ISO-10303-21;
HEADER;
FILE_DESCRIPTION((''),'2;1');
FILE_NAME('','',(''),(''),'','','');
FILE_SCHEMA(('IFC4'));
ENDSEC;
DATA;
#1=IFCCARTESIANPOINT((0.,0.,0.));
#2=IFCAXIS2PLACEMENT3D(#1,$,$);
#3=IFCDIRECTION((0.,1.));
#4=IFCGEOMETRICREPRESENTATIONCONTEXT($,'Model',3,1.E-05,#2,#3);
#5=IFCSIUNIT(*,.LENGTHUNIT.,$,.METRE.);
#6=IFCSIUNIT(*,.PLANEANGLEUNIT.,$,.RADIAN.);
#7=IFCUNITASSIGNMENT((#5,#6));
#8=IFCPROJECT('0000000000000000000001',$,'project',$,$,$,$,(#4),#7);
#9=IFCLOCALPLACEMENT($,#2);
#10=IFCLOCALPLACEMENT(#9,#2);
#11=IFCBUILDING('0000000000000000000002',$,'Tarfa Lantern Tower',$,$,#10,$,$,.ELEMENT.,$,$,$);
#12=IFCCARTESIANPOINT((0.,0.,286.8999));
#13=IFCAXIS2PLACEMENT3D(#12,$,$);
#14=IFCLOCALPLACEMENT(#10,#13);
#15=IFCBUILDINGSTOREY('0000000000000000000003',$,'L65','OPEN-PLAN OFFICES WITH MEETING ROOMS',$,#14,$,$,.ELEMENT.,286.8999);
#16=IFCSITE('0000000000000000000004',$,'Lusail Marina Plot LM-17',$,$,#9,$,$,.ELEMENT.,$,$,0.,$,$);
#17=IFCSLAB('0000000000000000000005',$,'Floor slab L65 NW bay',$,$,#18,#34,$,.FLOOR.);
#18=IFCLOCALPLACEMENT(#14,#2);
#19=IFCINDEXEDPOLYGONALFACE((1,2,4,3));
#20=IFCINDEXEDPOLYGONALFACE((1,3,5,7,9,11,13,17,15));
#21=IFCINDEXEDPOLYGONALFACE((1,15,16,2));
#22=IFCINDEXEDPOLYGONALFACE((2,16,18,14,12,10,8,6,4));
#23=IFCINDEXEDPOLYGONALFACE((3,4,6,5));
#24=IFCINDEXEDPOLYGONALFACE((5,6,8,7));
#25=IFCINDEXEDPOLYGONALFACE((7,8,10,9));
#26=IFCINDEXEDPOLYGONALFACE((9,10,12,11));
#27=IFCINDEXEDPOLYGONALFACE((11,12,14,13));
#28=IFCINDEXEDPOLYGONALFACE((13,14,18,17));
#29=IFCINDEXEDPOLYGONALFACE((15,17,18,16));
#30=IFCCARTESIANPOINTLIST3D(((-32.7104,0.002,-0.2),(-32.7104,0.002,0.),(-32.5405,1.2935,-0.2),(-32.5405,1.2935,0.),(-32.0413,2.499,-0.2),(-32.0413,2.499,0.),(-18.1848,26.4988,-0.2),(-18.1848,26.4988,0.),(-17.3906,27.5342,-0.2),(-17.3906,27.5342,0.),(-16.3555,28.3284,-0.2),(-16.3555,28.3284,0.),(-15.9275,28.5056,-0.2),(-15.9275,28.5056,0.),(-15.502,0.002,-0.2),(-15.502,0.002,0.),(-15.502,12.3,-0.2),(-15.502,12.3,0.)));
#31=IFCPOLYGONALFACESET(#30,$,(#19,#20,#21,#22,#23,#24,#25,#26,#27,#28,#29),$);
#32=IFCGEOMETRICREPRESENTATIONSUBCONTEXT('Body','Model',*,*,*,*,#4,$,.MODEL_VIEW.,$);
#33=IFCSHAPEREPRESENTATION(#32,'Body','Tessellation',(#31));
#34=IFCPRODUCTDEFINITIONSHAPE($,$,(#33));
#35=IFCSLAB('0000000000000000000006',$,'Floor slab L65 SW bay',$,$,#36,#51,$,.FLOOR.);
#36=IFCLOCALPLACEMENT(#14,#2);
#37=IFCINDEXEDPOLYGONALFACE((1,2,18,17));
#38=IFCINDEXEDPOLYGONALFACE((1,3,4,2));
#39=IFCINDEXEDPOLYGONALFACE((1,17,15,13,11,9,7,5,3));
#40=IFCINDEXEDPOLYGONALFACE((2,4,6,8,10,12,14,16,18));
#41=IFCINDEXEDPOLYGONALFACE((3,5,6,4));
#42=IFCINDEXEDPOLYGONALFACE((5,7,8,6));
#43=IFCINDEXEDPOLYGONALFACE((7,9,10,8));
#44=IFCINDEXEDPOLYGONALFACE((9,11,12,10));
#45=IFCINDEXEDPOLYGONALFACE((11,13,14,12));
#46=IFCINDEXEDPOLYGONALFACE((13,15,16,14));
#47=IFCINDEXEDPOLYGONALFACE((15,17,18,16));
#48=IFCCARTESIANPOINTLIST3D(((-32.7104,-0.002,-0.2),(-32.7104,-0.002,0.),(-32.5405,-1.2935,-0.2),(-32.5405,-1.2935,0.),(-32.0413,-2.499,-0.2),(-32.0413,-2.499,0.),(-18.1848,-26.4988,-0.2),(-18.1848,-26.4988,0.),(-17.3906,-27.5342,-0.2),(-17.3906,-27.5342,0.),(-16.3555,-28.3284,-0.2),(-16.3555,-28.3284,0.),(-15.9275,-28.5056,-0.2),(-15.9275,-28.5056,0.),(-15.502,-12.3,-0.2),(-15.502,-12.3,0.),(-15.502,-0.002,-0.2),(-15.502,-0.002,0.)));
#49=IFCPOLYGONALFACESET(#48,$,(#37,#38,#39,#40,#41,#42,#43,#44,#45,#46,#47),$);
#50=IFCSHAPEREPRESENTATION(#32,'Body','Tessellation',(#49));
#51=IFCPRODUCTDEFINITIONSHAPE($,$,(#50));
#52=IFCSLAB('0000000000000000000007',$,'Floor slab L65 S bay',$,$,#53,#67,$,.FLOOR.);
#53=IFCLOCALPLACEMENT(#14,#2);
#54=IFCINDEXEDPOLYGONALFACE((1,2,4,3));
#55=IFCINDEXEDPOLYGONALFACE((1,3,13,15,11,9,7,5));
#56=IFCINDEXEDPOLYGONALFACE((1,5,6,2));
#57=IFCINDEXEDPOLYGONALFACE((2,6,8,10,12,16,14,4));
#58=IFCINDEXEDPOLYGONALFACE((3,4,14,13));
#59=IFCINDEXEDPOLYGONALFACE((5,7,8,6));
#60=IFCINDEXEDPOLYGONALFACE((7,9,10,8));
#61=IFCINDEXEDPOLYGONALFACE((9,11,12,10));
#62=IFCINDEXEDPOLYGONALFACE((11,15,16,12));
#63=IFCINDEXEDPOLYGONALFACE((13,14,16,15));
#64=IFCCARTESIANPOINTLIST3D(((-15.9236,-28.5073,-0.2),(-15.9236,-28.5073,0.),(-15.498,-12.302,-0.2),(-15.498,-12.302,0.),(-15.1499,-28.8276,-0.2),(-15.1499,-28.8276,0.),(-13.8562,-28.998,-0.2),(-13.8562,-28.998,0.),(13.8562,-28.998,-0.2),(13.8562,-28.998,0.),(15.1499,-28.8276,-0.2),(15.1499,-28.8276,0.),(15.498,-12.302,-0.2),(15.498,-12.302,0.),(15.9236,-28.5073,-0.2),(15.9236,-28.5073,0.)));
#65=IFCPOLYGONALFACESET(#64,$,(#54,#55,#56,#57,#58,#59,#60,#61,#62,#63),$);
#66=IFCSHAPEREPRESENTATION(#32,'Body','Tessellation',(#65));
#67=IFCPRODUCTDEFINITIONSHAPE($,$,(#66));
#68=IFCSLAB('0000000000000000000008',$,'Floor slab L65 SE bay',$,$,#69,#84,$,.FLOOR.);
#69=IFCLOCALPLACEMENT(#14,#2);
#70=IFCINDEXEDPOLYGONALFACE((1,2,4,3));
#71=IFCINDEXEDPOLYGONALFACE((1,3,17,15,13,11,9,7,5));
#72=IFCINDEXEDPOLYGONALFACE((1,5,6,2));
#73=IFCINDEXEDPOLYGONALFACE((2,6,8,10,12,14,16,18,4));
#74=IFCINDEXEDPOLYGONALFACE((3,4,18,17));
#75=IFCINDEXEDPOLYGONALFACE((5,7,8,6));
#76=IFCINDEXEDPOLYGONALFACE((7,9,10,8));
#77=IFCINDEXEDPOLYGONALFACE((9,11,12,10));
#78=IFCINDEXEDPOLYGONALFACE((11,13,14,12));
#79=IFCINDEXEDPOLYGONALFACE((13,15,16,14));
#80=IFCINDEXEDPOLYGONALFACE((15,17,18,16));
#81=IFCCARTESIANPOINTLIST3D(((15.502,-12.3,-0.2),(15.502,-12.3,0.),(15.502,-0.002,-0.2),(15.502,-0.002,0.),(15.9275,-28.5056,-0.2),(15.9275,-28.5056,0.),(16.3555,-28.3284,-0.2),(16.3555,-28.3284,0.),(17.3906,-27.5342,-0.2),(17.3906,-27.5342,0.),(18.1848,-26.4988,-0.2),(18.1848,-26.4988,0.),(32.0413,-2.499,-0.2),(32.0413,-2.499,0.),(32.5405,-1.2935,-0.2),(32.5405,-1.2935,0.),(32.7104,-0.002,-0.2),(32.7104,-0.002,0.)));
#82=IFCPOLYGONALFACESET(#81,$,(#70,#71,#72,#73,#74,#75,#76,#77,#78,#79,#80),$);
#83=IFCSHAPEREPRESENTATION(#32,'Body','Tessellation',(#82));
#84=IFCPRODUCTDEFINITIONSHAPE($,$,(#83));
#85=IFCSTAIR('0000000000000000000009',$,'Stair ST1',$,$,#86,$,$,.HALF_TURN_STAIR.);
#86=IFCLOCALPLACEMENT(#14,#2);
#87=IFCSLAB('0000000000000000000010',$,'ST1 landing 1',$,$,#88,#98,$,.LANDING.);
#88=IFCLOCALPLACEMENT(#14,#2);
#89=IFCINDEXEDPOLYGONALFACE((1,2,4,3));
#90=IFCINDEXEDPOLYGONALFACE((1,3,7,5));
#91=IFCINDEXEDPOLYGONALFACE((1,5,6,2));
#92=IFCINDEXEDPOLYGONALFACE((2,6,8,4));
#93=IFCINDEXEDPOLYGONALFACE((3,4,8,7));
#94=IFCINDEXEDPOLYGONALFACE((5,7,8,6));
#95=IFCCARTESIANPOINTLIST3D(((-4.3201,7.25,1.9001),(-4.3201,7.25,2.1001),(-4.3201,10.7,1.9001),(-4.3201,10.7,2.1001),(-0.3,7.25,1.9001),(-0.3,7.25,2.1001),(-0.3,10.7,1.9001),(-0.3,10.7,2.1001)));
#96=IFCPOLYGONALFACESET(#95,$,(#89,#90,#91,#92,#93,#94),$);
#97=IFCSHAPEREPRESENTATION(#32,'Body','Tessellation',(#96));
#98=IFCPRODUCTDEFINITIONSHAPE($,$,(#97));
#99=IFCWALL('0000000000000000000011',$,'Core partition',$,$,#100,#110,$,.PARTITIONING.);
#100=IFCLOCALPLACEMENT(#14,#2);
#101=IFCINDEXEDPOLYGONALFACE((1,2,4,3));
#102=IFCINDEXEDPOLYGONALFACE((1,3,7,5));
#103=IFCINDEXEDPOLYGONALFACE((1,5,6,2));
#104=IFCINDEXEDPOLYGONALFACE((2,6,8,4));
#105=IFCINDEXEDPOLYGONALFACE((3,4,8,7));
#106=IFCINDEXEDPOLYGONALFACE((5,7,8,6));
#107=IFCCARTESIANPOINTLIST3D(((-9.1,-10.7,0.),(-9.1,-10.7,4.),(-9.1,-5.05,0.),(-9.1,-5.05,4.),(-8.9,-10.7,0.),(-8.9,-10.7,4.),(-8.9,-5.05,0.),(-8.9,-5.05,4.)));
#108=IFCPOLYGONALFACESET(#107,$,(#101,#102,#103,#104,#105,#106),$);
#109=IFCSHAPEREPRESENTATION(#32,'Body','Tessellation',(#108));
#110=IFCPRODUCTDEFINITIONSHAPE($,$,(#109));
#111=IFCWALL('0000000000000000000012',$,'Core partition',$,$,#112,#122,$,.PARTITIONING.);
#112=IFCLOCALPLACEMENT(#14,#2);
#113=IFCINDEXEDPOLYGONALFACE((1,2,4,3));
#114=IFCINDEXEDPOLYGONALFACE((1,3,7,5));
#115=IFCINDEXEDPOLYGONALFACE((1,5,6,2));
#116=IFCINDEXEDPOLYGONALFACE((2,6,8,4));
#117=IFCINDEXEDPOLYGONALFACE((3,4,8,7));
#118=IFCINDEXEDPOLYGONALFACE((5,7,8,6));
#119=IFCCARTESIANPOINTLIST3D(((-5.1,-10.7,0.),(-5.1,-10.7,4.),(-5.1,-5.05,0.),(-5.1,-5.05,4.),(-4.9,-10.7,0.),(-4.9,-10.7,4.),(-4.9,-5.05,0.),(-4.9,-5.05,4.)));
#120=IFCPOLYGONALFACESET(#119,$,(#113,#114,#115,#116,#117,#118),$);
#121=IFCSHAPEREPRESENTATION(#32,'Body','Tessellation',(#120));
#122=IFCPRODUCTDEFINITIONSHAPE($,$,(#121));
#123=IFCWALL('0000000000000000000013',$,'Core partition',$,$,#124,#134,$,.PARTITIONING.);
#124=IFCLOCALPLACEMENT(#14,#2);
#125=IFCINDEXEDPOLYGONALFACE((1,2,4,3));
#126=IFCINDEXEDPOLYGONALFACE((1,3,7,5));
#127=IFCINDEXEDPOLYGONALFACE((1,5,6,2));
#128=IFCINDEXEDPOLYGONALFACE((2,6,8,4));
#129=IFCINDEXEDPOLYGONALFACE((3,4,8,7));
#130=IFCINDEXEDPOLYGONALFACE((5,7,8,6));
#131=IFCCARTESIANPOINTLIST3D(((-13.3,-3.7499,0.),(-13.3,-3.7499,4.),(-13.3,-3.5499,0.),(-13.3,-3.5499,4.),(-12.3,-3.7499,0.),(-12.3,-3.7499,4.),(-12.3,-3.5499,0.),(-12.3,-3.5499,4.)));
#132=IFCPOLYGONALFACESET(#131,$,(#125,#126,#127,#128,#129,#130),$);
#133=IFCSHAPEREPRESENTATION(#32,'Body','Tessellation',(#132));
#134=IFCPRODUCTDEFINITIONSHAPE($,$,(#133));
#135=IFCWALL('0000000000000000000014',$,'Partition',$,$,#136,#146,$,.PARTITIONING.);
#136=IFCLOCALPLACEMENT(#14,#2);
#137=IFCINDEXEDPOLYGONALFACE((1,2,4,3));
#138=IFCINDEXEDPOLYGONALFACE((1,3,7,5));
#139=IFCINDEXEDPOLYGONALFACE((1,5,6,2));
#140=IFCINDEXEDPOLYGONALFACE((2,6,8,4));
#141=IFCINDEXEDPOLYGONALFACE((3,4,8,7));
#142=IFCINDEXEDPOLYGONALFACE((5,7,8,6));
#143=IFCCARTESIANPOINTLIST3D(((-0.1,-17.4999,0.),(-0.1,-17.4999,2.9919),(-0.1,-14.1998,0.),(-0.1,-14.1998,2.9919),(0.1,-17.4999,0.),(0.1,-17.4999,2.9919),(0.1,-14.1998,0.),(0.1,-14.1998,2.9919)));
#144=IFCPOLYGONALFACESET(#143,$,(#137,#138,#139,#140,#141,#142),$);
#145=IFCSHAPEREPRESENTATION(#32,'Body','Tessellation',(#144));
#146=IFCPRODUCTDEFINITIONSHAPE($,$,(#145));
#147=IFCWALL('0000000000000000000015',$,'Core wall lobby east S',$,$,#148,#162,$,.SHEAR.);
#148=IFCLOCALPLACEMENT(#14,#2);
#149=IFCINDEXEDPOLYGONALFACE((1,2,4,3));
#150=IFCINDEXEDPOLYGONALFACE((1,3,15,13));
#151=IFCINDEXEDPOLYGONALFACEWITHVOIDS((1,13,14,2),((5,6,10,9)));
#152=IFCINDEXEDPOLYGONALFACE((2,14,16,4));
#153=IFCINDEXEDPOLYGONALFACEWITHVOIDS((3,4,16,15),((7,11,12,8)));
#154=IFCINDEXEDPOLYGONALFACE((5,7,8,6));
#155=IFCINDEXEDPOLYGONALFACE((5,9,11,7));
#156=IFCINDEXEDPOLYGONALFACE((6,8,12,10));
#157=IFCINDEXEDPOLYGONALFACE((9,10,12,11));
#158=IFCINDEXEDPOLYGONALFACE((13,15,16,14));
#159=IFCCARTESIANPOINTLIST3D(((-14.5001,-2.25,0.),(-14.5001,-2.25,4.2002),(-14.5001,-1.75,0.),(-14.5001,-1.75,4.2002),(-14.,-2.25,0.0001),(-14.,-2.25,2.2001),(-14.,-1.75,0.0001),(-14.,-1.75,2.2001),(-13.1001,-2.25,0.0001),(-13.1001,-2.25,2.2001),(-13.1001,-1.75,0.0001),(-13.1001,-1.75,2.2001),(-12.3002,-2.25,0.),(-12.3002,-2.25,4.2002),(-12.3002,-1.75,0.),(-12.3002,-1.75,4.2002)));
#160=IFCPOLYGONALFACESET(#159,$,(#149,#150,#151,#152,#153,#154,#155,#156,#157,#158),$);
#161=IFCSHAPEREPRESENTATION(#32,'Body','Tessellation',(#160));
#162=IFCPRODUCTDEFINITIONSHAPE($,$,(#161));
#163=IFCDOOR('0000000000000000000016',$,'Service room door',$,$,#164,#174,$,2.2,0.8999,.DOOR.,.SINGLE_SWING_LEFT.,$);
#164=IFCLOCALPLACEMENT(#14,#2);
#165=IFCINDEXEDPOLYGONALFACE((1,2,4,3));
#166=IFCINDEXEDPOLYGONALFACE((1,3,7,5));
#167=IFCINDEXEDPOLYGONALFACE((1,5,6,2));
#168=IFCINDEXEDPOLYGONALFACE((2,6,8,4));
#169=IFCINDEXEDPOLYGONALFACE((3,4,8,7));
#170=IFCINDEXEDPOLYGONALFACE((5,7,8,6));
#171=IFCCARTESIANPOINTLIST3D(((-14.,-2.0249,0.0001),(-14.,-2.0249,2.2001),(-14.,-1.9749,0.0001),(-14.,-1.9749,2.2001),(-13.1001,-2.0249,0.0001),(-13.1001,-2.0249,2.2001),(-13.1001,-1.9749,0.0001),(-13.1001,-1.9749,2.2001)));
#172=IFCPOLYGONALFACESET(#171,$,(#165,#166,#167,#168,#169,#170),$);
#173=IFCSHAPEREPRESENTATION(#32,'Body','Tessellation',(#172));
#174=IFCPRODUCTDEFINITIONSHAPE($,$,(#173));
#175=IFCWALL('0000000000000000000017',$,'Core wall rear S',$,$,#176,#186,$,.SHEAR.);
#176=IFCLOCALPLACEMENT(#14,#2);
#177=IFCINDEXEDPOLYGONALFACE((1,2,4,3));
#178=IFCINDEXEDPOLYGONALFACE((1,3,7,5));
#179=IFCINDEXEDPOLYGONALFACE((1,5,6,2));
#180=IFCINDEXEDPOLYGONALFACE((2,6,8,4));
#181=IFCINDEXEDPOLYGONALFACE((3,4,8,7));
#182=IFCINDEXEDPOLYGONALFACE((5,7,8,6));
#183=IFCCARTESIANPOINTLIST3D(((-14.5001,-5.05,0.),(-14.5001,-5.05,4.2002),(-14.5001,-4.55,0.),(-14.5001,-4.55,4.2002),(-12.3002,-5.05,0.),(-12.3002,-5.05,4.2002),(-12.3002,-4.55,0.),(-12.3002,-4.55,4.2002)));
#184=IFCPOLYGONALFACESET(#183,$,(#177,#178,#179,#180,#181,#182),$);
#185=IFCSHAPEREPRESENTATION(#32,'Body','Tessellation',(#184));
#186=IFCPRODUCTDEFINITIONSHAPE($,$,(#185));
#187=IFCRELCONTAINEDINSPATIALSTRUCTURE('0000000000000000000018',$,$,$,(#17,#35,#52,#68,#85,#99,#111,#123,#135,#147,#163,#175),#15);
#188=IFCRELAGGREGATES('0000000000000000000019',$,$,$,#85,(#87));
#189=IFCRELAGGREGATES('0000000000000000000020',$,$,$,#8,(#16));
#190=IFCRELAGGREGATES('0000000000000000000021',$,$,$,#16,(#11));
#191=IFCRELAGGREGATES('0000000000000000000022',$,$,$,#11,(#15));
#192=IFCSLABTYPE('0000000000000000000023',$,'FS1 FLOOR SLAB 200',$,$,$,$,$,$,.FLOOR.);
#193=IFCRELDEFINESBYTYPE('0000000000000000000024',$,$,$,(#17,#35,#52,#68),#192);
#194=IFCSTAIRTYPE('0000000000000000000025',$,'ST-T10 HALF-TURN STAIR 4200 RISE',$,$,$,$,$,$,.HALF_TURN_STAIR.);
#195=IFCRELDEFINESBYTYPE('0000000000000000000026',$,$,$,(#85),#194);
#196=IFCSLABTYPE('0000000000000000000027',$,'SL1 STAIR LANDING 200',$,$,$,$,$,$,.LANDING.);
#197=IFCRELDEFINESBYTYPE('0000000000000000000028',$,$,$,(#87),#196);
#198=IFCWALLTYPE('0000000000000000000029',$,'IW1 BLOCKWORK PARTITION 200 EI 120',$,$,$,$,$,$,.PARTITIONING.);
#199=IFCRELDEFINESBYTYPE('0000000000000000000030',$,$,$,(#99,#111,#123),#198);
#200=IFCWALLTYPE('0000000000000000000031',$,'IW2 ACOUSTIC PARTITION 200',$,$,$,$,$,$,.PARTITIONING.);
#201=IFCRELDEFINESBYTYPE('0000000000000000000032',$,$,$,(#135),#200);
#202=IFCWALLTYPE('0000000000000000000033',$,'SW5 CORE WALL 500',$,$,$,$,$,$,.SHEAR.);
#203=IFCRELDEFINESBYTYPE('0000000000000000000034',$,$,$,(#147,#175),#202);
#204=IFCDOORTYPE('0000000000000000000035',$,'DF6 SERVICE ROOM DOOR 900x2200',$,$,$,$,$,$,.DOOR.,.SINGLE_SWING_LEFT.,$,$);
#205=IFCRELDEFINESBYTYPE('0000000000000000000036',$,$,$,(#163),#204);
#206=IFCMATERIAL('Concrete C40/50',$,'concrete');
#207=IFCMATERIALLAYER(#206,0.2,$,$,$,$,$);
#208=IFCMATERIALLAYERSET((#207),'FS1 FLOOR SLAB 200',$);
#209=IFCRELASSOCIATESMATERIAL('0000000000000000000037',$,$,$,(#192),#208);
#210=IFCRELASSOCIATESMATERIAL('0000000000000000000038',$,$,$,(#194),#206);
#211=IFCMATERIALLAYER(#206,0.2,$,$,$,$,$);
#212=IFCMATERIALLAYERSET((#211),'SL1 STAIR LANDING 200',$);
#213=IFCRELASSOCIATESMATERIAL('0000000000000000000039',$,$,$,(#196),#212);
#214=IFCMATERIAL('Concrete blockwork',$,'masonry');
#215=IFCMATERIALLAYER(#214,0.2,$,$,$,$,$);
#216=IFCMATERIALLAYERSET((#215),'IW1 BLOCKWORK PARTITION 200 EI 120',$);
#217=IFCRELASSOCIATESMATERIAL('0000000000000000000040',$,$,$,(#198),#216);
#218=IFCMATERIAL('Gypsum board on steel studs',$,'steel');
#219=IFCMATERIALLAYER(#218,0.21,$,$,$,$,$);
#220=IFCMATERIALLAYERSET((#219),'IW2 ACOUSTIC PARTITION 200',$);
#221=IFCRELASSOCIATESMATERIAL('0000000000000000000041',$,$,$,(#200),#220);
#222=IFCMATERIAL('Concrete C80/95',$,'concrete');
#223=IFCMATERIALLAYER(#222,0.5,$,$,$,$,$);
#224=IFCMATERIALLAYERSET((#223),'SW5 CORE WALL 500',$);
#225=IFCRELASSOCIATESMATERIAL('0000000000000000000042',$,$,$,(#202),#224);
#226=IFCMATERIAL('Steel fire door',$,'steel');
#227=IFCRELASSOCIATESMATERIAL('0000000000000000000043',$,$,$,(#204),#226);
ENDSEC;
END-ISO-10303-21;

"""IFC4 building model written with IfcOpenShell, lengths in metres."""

from ifc_helpers import new_model, si_unit, direction, frame, frame_2d, origin, place, context, subcontext, project, spatial, polyline, rectangle, outline, extrude, material, layer, layer_set, type_object, element, fill, aggregate, save


model = new_model("IFC4")

# Units and contexts
model_context = context("Model", 3, precision=1e-05, world=origin(), true_north=direction((0.0, 1.0)))
body_context = subcontext(model_context, "Body", "Model", "MODEL_VIEW")
ifc_project = project(units=[si_unit("LENGTHUNIT", "METRE"), si_unit("PLANEANGLEUNIT", "RADIAN")], contexts=[model_context])

# Site, building, storey
site_placement = place(None, origin())
site = spatial("IfcSite", under=ifc_project, at=site_placement, Name="Lusail Marina Plot LM-17", CompositionType="ELEMENT", RefElevation=0.0)
building_placement = place(site_placement, origin())
building = spatial("IfcBuilding", under=site, at=building_placement, Name="Tarfa Lantern Tower", CompositionType="ELEMENT")
storey_placement = place(building_placement, frame((0.0, 0.0, 286.8999)))
storey = spatial("IfcBuildingStorey", under=building, at=storey_placement, Name="L65", Description="OPEN-PLAN OFFICES WITH MEETING ROOMS", CompositionType="ELEMENT", Elevation=286.8999)

# Slabs
ifc_material_1 = material(Name="Concrete C40/50", Category="concrete")
ifc_layer_1 = layer(ifc_material_1, 0.2)
ifc_layer_set_1 = layer_set([ifc_layer_1], Name="FS1 FLOOR SLAB 200")
slab_type_1 = type_object("IfcSlabType", Name="FS1 FLOOR SLAB 200", PredefinedType="FLOOR", material=ifc_layer_set_1)
slab_1_placement = place(storey_placement, frame((0.0, 0.0, -0.2)))
element("IfcSlab", 1, at=slab_1_placement, inside=storey, type_object=slab_type_1, Name="Floor slab L65 NW bay", PredefinedType="FLOOR", context=body_context, shape_type="SweptSolid", body=[
    extrude(outline(polyline([(-15.502, 0.002), (-15.502, 12.3), (-15.9275, 28.5056), (-16.3555, 28.3284), (-17.3906, 27.5342), (-18.1848, 26.4988), (-32.0413, 2.499), (-32.5405, 1.2935), (-32.7104, 0.002), (-15.502, 0.002)])), origin(), (0.0, 0.0, 1.0), 0.2),
])
slab_2_placement = place(storey_placement, frame((0.0, 0.0, -0.2)))
element("IfcSlab", 2, at=slab_2_placement, inside=storey, type_object=slab_type_1, Name="Floor slab L65 SW bay", PredefinedType="FLOOR", context=body_context, shape_type="SweptSolid", body=[
    extrude(outline(polyline([(-15.502, -12.3), (-15.502, -0.002), (-32.7104, -0.002), (-32.5405, -1.2935), (-32.0413, -2.499), (-18.1848, -26.4988), (-17.3906, -27.5342), (-16.3555, -28.3284), (-15.9275, -28.5056), (-15.502, -12.3)])), origin(), (0.0, 0.0, 1.0), 0.2),
])
slab_3_placement = place(storey_placement, frame((0.0, 0.0, -0.2)))
element("IfcSlab", 3, at=slab_3_placement, inside=storey, type_object=slab_type_1, Name="Floor slab L65 S bay", PredefinedType="FLOOR", context=body_context, shape_type="SweptSolid", body=[
    extrude(outline(polyline([(15.498, -12.302), (-15.498, -12.302), (-15.9236, -28.5073), (-15.1499, -28.8276), (-13.8562, -28.998), (13.8562, -28.998), (15.1499, -28.8276), (15.9236, -28.5073), (15.498, -12.302)])), origin(), (0.0, 0.0, 1.0), 0.2),
])
slab_4_placement = place(storey_placement, frame((0.0, 0.0, -0.2)))
element("IfcSlab", 4, at=slab_4_placement, inside=storey, type_object=slab_type_1, Name="Floor slab L65 SE bay", PredefinedType="FLOOR", context=body_context, shape_type="SweptSolid", body=[
    extrude(outline(polyline([(15.502, -0.002), (15.502, -12.3), (15.9275, -28.5056), (16.3555, -28.3284), (17.3906, -27.5342), (18.1848, -26.4988), (32.0413, -2.499), (32.5405, -1.2935), (32.7104, -0.002), (15.502, -0.002)])), origin(), (0.0, 0.0, 1.0), 0.2),
])

# Stair, slab
stair_type = type_object("IfcStairType", Name="ST-T10 HALF-TURN STAIR 4200 RISE", PredefinedType="HALF_TURN_STAIR", material=ifc_material_1)
stair_placement = place(storey_placement, origin())
stair = element("IfcStair", 5, at=stair_placement, inside=storey, type_object=stair_type, Name="Stair ST1", PredefinedType="HALF_TURN_STAIR")
ifc_layer_2 = layer(ifc_material_1, 0.2)
ifc_layer_set_2 = layer_set([ifc_layer_2], Name="SL1 STAIR LANDING 200")
slab_type_2 = type_object("IfcSlabType", Name="SL1 STAIR LANDING 200", PredefinedType="LANDING", material=ifc_layer_set_2)
slab_5_placement = place(storey_placement, frame((0.0, 0.0, 1.9001)))
slab_5 = element("IfcSlab", 6, at=slab_5_placement, type_object=slab_type_2, Name="ST1 landing 1", PredefinedType="LANDING", context=body_context, shape_type="SweptSolid", body=[
    extrude(outline(polyline([(-4.3201, 7.25), (-0.3, 7.25), (-0.3, 10.7), (-4.3201, 10.7), (-4.3201, 7.25)])), origin(), (0.0, 0.0, 1.0), 0.2),
])
aggregate(stair, [slab_5])

# Walls
ifc_material_2 = material(Name="Concrete blockwork", Category="masonry")
ifc_layer_3 = layer(ifc_material_2, 0.2)
ifc_layer_set_3 = layer_set([ifc_layer_3], Name="IW1 BLOCKWORK PARTITION 200 EI 120")
wall_type_1 = type_object("IfcWallType", Name="IW1 BLOCKWORK PARTITION 200 EI 120", PredefinedType="PARTITIONING", material=ifc_layer_set_3)
for number, where, z_axis, x_axis, name in (
    (7, (-9.0, -5.05, 0.0), (0.0, 0.0, 1.0), (0.0, -1.0, 0.0), "Core partition"),
    (8, (-5.0, -5.05, 0.0), (0.0, 0.0, 1.0), (0.0, -1.0, 0.0), "Core partition"),
):
    element("IfcWall", number, at=place(storey_placement, frame(where, z_axis=z_axis, x_axis=x_axis)), inside=storey, type_object=wall_type_1, Name=name, PredefinedType="PARTITIONING", context=body_context, shape_type="SweptSolid", body=[
        extrude(rectangle(XDim=5.6499, YDim=0.2, at=frame_2d((2.825, 0.0))), origin(), (0.0, 0.0, 1.0), 4.0),
    ])
wall_1_placement = place(storey_placement, frame((-12.3, -3.6499, 0.0), z_axis=(0.0, 0.0, 1.0), x_axis=(-1.0, 0.0, 0.0)))
element("IfcWall", 9, at=wall_1_placement, inside=storey, type_object=wall_type_1, Name="Core partition", PredefinedType="PARTITIONING", context=body_context, shape_type="SweptSolid", body=[
    extrude(rectangle(XDim=1.0, YDim=0.2, at=frame_2d((0.5, 0.0))), origin(), (0.0, 0.0, 1.0), 4.0),
])
ifc_material_3 = material(Name="Gypsum board on steel studs", Category="steel")
ifc_layer_4 = layer(ifc_material_3, 0.21)
ifc_layer_set_4 = layer_set([ifc_layer_4], Name="IW2 ACOUSTIC PARTITION 200")
wall_type_2 = type_object("IfcWallType", Name="IW2 ACOUSTIC PARTITION 200", PredefinedType="PARTITIONING", material=ifc_layer_set_4)
wall_2_placement = place(storey_placement, frame((0.0, -14.2, 0.0), z_axis=(0.0, 0.0, 1.0), x_axis=(0.0, -1.0, 0.0)))
element("IfcWall", 10, at=wall_2_placement, inside=storey, type_object=wall_type_2, Name="Partition", PredefinedType="PARTITIONING", context=body_context, shape_type="SweptSolid", body=[
    extrude(rectangle(XDim=3.3, YDim=0.2, at=frame_2d((1.6499, 0.0))), origin(), (0.0, 0.0, 1.0), 2.9919),
])

# Wall, opening, door
ifc_material_4 = material(Name="Concrete C80/95", Category="concrete")
ifc_layer_5 = layer(ifc_material_4, 0.5)
ifc_layer_set_5 = layer_set([ifc_layer_5], Name="SW5 CORE WALL 500")
wall_type_3 = type_object("IfcWallType", Name="SW5 CORE WALL 500", PredefinedType="SHEAR", material=ifc_layer_set_5)
wall_3_placement = place(storey_placement, frame((-12.3, -2.0, 0.0), z_axis=(0.0, 0.0, 1.0), x_axis=(-1.0, 0.0, 0.0)))
wall_3 = element("IfcWall", 11, at=wall_3_placement, inside=storey, type_object=wall_type_3, Name="Core wall lobby east S", PredefinedType="SHEAR", context=body_context, shape_type="SweptSolid", body=[
    extrude(rectangle(XDim=2.2, YDim=0.5, at=frame_2d((1.1001, 0.0))), origin(), (0.0, 0.0, 1.0), 4.2002),
])
opening_1_placement = place(wall_3_placement, frame((0.8, 0.0, 0.0)))
opening_1 = element("IfcOpeningElement", 12, at=opening_1_placement, cuts=wall_3, PredefinedType="OPENING", context=body_context, shape_type="SweptSolid", body=[
    extrude(rectangle(XDim=0.8999, YDim=2.2, at=frame_2d((0.45, 1.1001))), frame((0.0, 0.26, 0.0), z_axis=(0.0, -1.0, 0.0), x_axis=(1.0, 0.0, 0.0)), (0.0, 0.0, 1.0), 0.52),
])
ifc_material_5 = material(Name="Steel fire door", Category="steel")
door_type_1 = type_object("IfcDoorType", Name="DF6 SERVICE ROOM DOOR 900x2200", OperationType="SINGLE_SWING_LEFT", PredefinedType="DOOR", material=ifc_material_5)
door_1_placement = place(opening_1_placement, origin())
door_1 = element("IfcDoor", 13, at=door_1_placement, inside=storey, type_object=door_type_1, Name="Service room door", OperationType="SINGLE_SWING_LEFT", OverallHeight=2.2, OverallWidth=0.8999, PredefinedType="DOOR", context=body_context, shape_type="SweptSolid", body=[
    extrude(rectangle(XDim=0.8999, YDim=2.2, at=frame_2d((0.45, 1.1001))), frame((0.0, 0.0249, 0.0), z_axis=(0.0, -1.0, 0.0), x_axis=(1.0, 0.0, 0.0)), (0.0, 0.0, 1.0), 0.05),
])
fill(opening_1, door_1)

# Wall
wall_4_placement = place(storey_placement, frame((-12.3, -4.8, 0.0), z_axis=(0.0, 0.0, 1.0), x_axis=(-1.0, 0.0, 0.0)))
element("IfcWall", 14, at=wall_4_placement, inside=storey, type_object=wall_type_3, Name="Core wall rear S", PredefinedType="SHEAR", context=body_context, shape_type="SweptSolid", body=[
    extrude(rectangle(XDim=2.2, YDim=0.5, at=frame_2d((1.1001, 0.0))), origin(), (0.0, 0.0, 1.0), 4.2002),
])

save(model, "model.ifc")
